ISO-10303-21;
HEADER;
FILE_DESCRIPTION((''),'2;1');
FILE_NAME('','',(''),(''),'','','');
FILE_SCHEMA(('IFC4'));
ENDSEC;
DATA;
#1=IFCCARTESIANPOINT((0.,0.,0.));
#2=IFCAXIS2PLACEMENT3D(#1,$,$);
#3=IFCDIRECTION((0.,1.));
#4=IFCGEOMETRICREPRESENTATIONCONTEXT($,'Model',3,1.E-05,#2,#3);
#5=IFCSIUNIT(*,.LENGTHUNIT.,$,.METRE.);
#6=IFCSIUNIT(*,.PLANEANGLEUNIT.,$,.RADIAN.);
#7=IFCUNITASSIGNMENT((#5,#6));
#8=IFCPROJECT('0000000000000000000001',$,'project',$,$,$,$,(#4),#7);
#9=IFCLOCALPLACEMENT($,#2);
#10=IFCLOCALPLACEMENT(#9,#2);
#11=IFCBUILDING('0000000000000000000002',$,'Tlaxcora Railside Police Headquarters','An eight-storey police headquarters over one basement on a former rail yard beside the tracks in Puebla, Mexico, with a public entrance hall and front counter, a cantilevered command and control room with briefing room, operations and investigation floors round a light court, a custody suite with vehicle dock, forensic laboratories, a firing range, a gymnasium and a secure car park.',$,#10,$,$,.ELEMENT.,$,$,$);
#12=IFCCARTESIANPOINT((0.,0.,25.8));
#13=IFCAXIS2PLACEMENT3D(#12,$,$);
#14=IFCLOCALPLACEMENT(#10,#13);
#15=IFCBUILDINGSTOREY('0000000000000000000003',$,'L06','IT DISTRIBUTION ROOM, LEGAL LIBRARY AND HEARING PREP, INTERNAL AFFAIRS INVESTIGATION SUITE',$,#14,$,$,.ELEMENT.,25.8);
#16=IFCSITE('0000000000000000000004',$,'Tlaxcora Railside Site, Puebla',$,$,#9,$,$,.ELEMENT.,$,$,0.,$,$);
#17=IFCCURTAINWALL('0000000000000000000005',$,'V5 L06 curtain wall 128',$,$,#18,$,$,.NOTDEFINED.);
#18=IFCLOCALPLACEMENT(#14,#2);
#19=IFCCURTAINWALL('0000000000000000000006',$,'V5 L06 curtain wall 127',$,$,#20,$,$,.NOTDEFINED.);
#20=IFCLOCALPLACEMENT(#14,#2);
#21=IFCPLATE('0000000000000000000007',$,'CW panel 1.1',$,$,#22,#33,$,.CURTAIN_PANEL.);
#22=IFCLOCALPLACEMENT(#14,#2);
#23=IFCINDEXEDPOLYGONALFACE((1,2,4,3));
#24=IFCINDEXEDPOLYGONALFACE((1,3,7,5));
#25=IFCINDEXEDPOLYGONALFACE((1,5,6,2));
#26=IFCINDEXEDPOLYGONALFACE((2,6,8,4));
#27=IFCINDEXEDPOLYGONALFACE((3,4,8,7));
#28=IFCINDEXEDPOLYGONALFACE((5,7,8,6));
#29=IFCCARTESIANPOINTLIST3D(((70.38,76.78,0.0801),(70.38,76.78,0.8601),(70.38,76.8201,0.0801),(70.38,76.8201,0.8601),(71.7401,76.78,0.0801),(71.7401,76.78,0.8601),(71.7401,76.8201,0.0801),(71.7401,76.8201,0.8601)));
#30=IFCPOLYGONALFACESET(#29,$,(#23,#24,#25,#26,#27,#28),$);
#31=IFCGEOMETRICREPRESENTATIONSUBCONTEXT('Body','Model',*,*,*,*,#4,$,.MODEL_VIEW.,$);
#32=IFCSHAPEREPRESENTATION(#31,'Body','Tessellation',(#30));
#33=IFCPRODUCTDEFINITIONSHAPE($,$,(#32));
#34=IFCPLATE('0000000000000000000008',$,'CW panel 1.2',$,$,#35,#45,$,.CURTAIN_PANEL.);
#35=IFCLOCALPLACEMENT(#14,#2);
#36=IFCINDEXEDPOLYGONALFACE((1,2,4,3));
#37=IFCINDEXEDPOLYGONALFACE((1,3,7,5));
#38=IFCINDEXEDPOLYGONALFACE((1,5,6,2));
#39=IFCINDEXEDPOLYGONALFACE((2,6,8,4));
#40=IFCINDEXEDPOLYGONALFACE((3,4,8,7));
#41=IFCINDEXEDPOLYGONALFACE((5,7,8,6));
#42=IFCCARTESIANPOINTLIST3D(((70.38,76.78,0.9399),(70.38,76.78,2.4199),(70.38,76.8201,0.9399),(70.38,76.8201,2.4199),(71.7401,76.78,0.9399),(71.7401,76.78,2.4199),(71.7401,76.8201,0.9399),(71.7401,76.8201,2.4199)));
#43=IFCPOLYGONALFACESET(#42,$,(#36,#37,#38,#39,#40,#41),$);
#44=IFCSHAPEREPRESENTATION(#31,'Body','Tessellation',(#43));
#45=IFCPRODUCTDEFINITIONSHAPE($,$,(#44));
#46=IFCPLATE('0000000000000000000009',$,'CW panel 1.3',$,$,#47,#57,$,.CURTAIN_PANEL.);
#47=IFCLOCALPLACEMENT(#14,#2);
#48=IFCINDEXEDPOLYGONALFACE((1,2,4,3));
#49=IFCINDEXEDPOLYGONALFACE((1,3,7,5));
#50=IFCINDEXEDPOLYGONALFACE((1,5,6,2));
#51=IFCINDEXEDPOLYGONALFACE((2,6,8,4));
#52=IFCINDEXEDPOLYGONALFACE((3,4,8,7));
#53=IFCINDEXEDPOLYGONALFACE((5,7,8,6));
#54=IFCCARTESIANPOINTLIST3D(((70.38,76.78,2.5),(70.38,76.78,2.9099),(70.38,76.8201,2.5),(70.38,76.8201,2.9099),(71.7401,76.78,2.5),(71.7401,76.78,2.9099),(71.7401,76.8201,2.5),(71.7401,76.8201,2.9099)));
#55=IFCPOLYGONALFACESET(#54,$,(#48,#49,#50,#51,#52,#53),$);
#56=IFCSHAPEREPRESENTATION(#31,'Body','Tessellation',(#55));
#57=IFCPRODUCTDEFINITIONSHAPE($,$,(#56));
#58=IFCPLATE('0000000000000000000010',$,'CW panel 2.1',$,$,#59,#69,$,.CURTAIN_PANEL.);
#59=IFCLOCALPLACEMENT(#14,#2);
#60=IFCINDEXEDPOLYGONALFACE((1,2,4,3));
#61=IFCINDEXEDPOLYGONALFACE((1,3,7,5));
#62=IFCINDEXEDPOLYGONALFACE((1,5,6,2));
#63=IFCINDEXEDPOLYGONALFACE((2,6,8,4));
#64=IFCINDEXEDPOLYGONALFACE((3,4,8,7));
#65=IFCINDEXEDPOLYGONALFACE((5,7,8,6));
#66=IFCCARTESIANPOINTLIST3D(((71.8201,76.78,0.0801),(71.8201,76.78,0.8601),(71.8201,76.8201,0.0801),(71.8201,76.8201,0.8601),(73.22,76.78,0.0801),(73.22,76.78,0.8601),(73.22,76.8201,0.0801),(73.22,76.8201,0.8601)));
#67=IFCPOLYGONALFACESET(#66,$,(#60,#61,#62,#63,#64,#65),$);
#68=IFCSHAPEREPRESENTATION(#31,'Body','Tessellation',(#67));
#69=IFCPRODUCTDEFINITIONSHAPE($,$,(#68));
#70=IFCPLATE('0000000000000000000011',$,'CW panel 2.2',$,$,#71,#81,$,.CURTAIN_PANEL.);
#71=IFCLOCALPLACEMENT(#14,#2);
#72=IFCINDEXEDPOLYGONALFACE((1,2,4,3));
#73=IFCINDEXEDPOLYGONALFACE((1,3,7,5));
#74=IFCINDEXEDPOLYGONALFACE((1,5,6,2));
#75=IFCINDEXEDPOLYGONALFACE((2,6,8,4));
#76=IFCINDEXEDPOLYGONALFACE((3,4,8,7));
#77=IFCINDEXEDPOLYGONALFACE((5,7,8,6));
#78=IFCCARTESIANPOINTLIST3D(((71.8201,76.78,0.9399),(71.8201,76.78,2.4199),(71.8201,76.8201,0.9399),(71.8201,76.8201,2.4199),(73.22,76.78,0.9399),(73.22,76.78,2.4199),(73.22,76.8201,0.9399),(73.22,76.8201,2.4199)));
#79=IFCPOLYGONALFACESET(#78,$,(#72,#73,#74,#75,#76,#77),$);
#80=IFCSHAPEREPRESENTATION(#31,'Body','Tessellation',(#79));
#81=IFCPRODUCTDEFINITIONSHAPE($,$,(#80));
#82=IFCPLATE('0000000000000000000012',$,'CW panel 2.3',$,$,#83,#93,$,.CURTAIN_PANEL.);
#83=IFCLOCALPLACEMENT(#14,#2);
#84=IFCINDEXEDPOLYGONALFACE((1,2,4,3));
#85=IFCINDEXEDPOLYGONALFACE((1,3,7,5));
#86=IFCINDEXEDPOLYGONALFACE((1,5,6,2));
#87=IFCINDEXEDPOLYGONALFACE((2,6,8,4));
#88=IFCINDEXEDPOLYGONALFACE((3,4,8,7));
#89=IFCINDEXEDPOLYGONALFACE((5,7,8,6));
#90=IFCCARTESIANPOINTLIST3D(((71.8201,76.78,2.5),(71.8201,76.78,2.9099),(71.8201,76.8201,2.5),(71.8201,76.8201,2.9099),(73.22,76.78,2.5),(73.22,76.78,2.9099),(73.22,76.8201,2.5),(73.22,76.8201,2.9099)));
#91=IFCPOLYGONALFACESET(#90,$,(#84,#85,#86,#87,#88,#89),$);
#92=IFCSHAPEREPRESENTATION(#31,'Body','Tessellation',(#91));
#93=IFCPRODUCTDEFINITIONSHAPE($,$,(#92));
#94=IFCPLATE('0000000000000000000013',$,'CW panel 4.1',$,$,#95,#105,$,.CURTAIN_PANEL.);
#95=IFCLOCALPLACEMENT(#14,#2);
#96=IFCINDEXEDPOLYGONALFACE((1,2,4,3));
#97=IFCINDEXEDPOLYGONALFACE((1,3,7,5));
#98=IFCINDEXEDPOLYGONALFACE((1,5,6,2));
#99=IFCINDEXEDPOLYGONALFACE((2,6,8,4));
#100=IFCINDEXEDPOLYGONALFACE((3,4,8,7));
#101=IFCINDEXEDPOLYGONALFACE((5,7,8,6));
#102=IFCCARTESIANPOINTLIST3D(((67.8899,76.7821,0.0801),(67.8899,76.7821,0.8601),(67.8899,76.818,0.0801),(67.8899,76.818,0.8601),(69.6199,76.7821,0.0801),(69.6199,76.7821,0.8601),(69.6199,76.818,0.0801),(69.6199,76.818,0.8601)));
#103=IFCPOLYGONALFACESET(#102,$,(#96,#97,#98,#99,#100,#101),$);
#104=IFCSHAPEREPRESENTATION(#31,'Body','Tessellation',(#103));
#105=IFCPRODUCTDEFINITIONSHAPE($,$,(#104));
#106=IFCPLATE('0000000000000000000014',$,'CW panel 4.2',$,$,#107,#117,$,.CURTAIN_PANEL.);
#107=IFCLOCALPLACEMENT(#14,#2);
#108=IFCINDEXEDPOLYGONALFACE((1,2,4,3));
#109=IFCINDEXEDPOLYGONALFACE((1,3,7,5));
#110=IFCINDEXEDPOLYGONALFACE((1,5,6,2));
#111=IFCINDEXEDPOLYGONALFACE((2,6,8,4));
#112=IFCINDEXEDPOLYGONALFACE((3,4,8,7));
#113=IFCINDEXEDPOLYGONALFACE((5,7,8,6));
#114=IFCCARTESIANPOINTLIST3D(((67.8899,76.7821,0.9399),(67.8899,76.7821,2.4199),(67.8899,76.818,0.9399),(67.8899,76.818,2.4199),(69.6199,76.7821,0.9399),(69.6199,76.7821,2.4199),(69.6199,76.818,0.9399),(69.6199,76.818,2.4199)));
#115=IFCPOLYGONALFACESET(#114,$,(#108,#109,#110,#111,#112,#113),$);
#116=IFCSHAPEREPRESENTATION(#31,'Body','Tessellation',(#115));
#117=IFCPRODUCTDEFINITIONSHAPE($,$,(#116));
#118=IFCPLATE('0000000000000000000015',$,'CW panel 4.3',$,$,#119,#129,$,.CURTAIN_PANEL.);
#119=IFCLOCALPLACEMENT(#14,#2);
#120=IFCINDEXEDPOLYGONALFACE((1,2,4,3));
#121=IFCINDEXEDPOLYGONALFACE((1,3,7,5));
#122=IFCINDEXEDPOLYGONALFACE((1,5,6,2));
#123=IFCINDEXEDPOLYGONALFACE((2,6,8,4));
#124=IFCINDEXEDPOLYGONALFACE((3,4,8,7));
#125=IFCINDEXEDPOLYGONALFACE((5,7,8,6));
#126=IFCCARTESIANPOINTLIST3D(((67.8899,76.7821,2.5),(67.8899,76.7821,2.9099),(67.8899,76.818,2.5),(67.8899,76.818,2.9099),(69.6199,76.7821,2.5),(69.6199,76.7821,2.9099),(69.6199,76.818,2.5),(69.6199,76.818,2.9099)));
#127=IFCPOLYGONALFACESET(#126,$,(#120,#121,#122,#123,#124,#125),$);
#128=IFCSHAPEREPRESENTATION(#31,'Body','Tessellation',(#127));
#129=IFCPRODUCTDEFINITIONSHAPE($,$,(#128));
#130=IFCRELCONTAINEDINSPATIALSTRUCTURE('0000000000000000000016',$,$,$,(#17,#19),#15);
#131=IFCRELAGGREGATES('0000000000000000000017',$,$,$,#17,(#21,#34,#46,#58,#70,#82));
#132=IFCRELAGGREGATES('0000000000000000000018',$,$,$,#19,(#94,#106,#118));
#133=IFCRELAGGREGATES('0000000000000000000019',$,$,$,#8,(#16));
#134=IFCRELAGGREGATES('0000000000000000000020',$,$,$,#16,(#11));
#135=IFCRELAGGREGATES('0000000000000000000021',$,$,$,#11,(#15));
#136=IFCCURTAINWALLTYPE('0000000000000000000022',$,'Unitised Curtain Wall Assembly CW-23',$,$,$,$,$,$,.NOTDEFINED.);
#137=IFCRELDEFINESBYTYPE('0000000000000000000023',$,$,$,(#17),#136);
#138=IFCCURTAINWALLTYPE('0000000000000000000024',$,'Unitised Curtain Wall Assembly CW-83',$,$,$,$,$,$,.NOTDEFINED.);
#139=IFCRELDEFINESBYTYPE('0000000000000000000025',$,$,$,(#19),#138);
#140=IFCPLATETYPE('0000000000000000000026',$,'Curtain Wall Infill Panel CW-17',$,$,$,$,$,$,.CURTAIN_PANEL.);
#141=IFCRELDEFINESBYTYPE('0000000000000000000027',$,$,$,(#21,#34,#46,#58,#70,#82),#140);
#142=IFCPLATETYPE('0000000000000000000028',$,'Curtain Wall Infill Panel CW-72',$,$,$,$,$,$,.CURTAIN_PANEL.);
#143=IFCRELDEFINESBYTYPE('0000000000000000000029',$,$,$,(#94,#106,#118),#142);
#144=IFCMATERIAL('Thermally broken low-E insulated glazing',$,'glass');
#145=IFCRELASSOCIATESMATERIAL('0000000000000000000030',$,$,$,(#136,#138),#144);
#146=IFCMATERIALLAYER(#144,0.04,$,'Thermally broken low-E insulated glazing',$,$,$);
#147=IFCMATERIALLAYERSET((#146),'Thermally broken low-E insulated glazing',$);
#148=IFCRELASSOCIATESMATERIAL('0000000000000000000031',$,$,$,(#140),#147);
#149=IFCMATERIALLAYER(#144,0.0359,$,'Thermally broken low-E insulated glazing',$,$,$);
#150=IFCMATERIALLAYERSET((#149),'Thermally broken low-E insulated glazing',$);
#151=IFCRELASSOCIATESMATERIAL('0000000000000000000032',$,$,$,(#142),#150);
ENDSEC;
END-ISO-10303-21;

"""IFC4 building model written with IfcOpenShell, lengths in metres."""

from ifc_helpers import new_model, si_unit, direction, frame, origin, origin_2d, place, context, subcontext, project, spatial, rectangle, extrude, material, layer, layer_set, type_object, element, aggregate, save


model = new_model("IFC4")

# Units and contexts
model_context = context("Model", 3, precision=1e-05, world=origin(), true_north=direction((0.0, 1.0)))
body_context = subcontext(model_context, "Body", "Model", "MODEL_VIEW")
ifc_project = project(units=[si_unit("LENGTHUNIT", "METRE"), si_unit("PLANEANGLEUNIT", "RADIAN")], contexts=[model_context])

# Site, building, storey
site_placement = place(None, origin())
site = spatial("IfcSite", under=ifc_project, at=site_placement, Name="Tlaxcora Railside Site, Puebla", CompositionType="ELEMENT", RefElevation=0.0)
building_placement = place(site_placement, origin())
building = spatial("IfcBuilding", under=site, at=building_placement, Name="Tlaxcora Railside Police Headquarters", Description="An eight-storey police headquarters over one basement on a former rail yard beside the tracks in Puebla, Mexico, with a public entrance hall and front counter, a cantilevered command and control room with briefing room, operations and investigation floors round a light court, a custody suite with vehicle dock, forensic laboratories, a firing range, a gymnasium and a secure car park.", CompositionType="ELEMENT")
storey_placement = place(building_placement, frame((0.0, 0.0, 25.8)))
storey = spatial("IfcBuildingStorey", under=building, at=storey_placement, Name="L06", Description="IT DISTRIBUTION ROOM, LEGAL LIBRARY AND HEARING PREP, INTERNAL AFFAIRS INVESTIGATION SUITE", CompositionType="ELEMENT", Elevation=25.8)

# Curtain walls
ifc_material_1 = material(Name="Thermally broken low-E insulated glazing", Category="glass")
curtain_wall_type_1 = type_object("IfcCurtainWallType", Name="Unitised Curtain Wall Assembly CW-23", PredefinedType="NOTDEFINED", material=ifc_material_1)
curtain_wall_1_placement = place(storey_placement, origin())
curtain_wall_1 = element("IfcCurtainWall", 1, at=curtain_wall_1_placement, inside=storey, type_object=curtain_wall_type_1, Name="V5 L06 curtain wall 128", PredefinedType="NOTDEFINED")
curtain_wall_type_2 = type_object("IfcCurtainWallType", Name="Unitised Curtain Wall Assembly CW-83", PredefinedType="NOTDEFINED", material=ifc_material_1)
curtain_wall_2_placement = place(storey_placement, origin())
curtain_wall_2 = element("IfcCurtainWall", 2, at=curtain_wall_2_placement, inside=storey, type_object=curtain_wall_type_2, Name="V5 L06 curtain wall 127", PredefinedType="NOTDEFINED")

# Plates
ifc_layer_1 = layer(ifc_material_1, 0.04, Name="Thermally broken low-E insulated glazing")
ifc_layer_set_1 = layer_set([ifc_layer_1], Name="Thermally broken low-E insulated glazing")
plate_type_1 = type_object("IfcPlateType", Name="Curtain Wall Infill Panel CW-17", PredefinedType="CURTAIN_PANEL", material=ifc_layer_set_1)
plate_1_placement = place(storey_placement, frame((71.0601, 76.8, 0.0801), z_axis=(0.0, 0.0, 1.0), x_axis=(1.0, 0.0, 0.0)))
plate_1 = element("IfcPlate", 3, at=plate_1_placement, type_object=plate_type_1, Name="CW panel 1.1", PredefinedType="CURTAIN_PANEL", context=body_context, shape_type="SweptSolid", body=[
    extrude(rectangle(XDim=1.3601, YDim=0.04, at=origin_2d()), origin(), (0.0, 0.0, 1.0), 0.78),
])
plate_2_placement = place(storey_placement, frame((71.0601, 76.8, 0.9399), z_axis=(0.0, 0.0, 1.0), x_axis=(1.0, 0.0, 0.0)))
plate_2 = element("IfcPlate", 4, at=plate_2_placement, type_object=plate_type_1, Name="CW panel 1.2", PredefinedType="CURTAIN_PANEL", context=body_context, shape_type="SweptSolid", body=[
    extrude(rectangle(XDim=1.3601, YDim=0.04, at=origin_2d()), origin(), (0.0, 0.0, 1.0), 1.48),
])
plate_3_placement = place(storey_placement, frame((71.0601, 76.8, 2.5), z_axis=(0.0, 0.0, 1.0), x_axis=(1.0, 0.0, 0.0)))
plate_3 = element("IfcPlate", 5, at=plate_3_placement, type_object=plate_type_1, Name="CW panel 1.3", PredefinedType="CURTAIN_PANEL", context=body_context, shape_type="SweptSolid", body=[
    extrude(rectangle(XDim=1.3601, YDim=0.04, at=origin_2d()), origin(), (0.0, 0.0, 1.0), 0.4099),
])
plate_4_placement = place(storey_placement, frame((72.52, 76.8, 0.0801), z_axis=(0.0, 0.0, 1.0), x_axis=(1.0, 0.0, 0.0)))
plate_4 = element("IfcPlate", 6, at=plate_4_placement, type_object=plate_type_1, Name="CW panel 2.1", PredefinedType="CURTAIN_PANEL", context=body_context, shape_type="SweptSolid", body=[
    extrude(rectangle(XDim=1.3999, YDim=0.04, at=origin_2d()), origin(), (0.0, 0.0, 1.0), 0.78),
])
plate_5_placement = place(storey_placement, frame((72.52, 76.8, 0.9399), z_axis=(0.0, 0.0, 1.0), x_axis=(1.0, 0.0, 0.0)))
plate_5 = element("IfcPlate", 7, at=plate_5_placement, type_object=plate_type_1, Name="CW panel 2.2", PredefinedType="CURTAIN_PANEL", context=body_context, shape_type="SweptSolid", body=[
    extrude(rectangle(XDim=1.3999, YDim=0.04, at=origin_2d()), origin(), (0.0, 0.0, 1.0), 1.48),
])
plate_6_placement = place(storey_placement, frame((72.52, 76.8, 2.5), z_axis=(0.0, 0.0, 1.0), x_axis=(1.0, 0.0, 0.0)))
plate_6 = element("IfcPlate", 8, at=plate_6_placement, type_object=plate_type_1, Name="CW panel 2.3", PredefinedType="CURTAIN_PANEL", context=body_context, shape_type="SweptSolid", body=[
    extrude(rectangle(XDim=1.3999, YDim=0.04, at=origin_2d()), origin(), (0.0, 0.0, 1.0), 0.4099),
])
aggregate(curtain_wall_1, [plate_1, plate_2, plate_3, plate_4, plate_5, plate_6])
ifc_layer_2 = layer(ifc_material_1, 0.0359, Name="Thermally broken low-E insulated glazing")
ifc_layer_set_2 = layer_set([ifc_layer_2], Name="Thermally broken low-E insulated glazing")
plate_type_2 = type_object("IfcPlateType", Name="Curtain Wall Infill Panel CW-72", PredefinedType="CURTAIN_PANEL", material=ifc_layer_set_2)
plate_7_placement = place(storey_placement, frame((68.7549, 76.8, 0.0801), z_axis=(0.0, 0.0, 1.0), x_axis=(1.0, 0.0, 0.0)))
plate_7 = element("IfcPlate", 9, at=plate_7_placement, type_object=plate_type_2, Name="CW panel 4.1", PredefinedType="CURTAIN_PANEL", context=body_context, shape_type="SweptSolid", body=[
    extrude(rectangle(XDim=1.73, YDim=0.0359, at=origin_2d()), origin(), (0.0, 0.0, 1.0), 0.78),
])
plate_8_placement = place(storey_placement, frame((68.7549, 76.8, 0.9399), z_axis=(0.0, 0.0, 1.0), x_axis=(1.0, 0.0, 0.0)))
plate_8 = element("IfcPlate", 10, at=plate_8_placement, type_object=plate_type_2, Name="CW panel 4.2", PredefinedType="CURTAIN_PANEL", context=body_context, shape_type="SweptSolid", body=[
    extrude(rectangle(XDim=1.73, YDim=0.0359, at=origin_2d()), origin(), (0.0, 0.0, 1.0), 1.48),
])
plate_9_placement = place(storey_placement, frame((68.7549, 76.8, 2.5), z_axis=(0.0, 0.0, 1.0), x_axis=(1.0, 0.0, 0.0)))
plate_9 = element("IfcPlate", 11, at=plate_9_placement, type_object=plate_type_2, Name="CW panel 4.3", PredefinedType="CURTAIN_PANEL", context=body_context, shape_type="SweptSolid", body=[
    extrude(rectangle(XDim=1.73, YDim=0.0359, at=origin_2d()), origin(), (0.0, 0.0, 1.0), 0.4099),
])
aggregate(curtain_wall_2, [plate_7, plate_8, plate_9])

save(model, "model.ifc")
